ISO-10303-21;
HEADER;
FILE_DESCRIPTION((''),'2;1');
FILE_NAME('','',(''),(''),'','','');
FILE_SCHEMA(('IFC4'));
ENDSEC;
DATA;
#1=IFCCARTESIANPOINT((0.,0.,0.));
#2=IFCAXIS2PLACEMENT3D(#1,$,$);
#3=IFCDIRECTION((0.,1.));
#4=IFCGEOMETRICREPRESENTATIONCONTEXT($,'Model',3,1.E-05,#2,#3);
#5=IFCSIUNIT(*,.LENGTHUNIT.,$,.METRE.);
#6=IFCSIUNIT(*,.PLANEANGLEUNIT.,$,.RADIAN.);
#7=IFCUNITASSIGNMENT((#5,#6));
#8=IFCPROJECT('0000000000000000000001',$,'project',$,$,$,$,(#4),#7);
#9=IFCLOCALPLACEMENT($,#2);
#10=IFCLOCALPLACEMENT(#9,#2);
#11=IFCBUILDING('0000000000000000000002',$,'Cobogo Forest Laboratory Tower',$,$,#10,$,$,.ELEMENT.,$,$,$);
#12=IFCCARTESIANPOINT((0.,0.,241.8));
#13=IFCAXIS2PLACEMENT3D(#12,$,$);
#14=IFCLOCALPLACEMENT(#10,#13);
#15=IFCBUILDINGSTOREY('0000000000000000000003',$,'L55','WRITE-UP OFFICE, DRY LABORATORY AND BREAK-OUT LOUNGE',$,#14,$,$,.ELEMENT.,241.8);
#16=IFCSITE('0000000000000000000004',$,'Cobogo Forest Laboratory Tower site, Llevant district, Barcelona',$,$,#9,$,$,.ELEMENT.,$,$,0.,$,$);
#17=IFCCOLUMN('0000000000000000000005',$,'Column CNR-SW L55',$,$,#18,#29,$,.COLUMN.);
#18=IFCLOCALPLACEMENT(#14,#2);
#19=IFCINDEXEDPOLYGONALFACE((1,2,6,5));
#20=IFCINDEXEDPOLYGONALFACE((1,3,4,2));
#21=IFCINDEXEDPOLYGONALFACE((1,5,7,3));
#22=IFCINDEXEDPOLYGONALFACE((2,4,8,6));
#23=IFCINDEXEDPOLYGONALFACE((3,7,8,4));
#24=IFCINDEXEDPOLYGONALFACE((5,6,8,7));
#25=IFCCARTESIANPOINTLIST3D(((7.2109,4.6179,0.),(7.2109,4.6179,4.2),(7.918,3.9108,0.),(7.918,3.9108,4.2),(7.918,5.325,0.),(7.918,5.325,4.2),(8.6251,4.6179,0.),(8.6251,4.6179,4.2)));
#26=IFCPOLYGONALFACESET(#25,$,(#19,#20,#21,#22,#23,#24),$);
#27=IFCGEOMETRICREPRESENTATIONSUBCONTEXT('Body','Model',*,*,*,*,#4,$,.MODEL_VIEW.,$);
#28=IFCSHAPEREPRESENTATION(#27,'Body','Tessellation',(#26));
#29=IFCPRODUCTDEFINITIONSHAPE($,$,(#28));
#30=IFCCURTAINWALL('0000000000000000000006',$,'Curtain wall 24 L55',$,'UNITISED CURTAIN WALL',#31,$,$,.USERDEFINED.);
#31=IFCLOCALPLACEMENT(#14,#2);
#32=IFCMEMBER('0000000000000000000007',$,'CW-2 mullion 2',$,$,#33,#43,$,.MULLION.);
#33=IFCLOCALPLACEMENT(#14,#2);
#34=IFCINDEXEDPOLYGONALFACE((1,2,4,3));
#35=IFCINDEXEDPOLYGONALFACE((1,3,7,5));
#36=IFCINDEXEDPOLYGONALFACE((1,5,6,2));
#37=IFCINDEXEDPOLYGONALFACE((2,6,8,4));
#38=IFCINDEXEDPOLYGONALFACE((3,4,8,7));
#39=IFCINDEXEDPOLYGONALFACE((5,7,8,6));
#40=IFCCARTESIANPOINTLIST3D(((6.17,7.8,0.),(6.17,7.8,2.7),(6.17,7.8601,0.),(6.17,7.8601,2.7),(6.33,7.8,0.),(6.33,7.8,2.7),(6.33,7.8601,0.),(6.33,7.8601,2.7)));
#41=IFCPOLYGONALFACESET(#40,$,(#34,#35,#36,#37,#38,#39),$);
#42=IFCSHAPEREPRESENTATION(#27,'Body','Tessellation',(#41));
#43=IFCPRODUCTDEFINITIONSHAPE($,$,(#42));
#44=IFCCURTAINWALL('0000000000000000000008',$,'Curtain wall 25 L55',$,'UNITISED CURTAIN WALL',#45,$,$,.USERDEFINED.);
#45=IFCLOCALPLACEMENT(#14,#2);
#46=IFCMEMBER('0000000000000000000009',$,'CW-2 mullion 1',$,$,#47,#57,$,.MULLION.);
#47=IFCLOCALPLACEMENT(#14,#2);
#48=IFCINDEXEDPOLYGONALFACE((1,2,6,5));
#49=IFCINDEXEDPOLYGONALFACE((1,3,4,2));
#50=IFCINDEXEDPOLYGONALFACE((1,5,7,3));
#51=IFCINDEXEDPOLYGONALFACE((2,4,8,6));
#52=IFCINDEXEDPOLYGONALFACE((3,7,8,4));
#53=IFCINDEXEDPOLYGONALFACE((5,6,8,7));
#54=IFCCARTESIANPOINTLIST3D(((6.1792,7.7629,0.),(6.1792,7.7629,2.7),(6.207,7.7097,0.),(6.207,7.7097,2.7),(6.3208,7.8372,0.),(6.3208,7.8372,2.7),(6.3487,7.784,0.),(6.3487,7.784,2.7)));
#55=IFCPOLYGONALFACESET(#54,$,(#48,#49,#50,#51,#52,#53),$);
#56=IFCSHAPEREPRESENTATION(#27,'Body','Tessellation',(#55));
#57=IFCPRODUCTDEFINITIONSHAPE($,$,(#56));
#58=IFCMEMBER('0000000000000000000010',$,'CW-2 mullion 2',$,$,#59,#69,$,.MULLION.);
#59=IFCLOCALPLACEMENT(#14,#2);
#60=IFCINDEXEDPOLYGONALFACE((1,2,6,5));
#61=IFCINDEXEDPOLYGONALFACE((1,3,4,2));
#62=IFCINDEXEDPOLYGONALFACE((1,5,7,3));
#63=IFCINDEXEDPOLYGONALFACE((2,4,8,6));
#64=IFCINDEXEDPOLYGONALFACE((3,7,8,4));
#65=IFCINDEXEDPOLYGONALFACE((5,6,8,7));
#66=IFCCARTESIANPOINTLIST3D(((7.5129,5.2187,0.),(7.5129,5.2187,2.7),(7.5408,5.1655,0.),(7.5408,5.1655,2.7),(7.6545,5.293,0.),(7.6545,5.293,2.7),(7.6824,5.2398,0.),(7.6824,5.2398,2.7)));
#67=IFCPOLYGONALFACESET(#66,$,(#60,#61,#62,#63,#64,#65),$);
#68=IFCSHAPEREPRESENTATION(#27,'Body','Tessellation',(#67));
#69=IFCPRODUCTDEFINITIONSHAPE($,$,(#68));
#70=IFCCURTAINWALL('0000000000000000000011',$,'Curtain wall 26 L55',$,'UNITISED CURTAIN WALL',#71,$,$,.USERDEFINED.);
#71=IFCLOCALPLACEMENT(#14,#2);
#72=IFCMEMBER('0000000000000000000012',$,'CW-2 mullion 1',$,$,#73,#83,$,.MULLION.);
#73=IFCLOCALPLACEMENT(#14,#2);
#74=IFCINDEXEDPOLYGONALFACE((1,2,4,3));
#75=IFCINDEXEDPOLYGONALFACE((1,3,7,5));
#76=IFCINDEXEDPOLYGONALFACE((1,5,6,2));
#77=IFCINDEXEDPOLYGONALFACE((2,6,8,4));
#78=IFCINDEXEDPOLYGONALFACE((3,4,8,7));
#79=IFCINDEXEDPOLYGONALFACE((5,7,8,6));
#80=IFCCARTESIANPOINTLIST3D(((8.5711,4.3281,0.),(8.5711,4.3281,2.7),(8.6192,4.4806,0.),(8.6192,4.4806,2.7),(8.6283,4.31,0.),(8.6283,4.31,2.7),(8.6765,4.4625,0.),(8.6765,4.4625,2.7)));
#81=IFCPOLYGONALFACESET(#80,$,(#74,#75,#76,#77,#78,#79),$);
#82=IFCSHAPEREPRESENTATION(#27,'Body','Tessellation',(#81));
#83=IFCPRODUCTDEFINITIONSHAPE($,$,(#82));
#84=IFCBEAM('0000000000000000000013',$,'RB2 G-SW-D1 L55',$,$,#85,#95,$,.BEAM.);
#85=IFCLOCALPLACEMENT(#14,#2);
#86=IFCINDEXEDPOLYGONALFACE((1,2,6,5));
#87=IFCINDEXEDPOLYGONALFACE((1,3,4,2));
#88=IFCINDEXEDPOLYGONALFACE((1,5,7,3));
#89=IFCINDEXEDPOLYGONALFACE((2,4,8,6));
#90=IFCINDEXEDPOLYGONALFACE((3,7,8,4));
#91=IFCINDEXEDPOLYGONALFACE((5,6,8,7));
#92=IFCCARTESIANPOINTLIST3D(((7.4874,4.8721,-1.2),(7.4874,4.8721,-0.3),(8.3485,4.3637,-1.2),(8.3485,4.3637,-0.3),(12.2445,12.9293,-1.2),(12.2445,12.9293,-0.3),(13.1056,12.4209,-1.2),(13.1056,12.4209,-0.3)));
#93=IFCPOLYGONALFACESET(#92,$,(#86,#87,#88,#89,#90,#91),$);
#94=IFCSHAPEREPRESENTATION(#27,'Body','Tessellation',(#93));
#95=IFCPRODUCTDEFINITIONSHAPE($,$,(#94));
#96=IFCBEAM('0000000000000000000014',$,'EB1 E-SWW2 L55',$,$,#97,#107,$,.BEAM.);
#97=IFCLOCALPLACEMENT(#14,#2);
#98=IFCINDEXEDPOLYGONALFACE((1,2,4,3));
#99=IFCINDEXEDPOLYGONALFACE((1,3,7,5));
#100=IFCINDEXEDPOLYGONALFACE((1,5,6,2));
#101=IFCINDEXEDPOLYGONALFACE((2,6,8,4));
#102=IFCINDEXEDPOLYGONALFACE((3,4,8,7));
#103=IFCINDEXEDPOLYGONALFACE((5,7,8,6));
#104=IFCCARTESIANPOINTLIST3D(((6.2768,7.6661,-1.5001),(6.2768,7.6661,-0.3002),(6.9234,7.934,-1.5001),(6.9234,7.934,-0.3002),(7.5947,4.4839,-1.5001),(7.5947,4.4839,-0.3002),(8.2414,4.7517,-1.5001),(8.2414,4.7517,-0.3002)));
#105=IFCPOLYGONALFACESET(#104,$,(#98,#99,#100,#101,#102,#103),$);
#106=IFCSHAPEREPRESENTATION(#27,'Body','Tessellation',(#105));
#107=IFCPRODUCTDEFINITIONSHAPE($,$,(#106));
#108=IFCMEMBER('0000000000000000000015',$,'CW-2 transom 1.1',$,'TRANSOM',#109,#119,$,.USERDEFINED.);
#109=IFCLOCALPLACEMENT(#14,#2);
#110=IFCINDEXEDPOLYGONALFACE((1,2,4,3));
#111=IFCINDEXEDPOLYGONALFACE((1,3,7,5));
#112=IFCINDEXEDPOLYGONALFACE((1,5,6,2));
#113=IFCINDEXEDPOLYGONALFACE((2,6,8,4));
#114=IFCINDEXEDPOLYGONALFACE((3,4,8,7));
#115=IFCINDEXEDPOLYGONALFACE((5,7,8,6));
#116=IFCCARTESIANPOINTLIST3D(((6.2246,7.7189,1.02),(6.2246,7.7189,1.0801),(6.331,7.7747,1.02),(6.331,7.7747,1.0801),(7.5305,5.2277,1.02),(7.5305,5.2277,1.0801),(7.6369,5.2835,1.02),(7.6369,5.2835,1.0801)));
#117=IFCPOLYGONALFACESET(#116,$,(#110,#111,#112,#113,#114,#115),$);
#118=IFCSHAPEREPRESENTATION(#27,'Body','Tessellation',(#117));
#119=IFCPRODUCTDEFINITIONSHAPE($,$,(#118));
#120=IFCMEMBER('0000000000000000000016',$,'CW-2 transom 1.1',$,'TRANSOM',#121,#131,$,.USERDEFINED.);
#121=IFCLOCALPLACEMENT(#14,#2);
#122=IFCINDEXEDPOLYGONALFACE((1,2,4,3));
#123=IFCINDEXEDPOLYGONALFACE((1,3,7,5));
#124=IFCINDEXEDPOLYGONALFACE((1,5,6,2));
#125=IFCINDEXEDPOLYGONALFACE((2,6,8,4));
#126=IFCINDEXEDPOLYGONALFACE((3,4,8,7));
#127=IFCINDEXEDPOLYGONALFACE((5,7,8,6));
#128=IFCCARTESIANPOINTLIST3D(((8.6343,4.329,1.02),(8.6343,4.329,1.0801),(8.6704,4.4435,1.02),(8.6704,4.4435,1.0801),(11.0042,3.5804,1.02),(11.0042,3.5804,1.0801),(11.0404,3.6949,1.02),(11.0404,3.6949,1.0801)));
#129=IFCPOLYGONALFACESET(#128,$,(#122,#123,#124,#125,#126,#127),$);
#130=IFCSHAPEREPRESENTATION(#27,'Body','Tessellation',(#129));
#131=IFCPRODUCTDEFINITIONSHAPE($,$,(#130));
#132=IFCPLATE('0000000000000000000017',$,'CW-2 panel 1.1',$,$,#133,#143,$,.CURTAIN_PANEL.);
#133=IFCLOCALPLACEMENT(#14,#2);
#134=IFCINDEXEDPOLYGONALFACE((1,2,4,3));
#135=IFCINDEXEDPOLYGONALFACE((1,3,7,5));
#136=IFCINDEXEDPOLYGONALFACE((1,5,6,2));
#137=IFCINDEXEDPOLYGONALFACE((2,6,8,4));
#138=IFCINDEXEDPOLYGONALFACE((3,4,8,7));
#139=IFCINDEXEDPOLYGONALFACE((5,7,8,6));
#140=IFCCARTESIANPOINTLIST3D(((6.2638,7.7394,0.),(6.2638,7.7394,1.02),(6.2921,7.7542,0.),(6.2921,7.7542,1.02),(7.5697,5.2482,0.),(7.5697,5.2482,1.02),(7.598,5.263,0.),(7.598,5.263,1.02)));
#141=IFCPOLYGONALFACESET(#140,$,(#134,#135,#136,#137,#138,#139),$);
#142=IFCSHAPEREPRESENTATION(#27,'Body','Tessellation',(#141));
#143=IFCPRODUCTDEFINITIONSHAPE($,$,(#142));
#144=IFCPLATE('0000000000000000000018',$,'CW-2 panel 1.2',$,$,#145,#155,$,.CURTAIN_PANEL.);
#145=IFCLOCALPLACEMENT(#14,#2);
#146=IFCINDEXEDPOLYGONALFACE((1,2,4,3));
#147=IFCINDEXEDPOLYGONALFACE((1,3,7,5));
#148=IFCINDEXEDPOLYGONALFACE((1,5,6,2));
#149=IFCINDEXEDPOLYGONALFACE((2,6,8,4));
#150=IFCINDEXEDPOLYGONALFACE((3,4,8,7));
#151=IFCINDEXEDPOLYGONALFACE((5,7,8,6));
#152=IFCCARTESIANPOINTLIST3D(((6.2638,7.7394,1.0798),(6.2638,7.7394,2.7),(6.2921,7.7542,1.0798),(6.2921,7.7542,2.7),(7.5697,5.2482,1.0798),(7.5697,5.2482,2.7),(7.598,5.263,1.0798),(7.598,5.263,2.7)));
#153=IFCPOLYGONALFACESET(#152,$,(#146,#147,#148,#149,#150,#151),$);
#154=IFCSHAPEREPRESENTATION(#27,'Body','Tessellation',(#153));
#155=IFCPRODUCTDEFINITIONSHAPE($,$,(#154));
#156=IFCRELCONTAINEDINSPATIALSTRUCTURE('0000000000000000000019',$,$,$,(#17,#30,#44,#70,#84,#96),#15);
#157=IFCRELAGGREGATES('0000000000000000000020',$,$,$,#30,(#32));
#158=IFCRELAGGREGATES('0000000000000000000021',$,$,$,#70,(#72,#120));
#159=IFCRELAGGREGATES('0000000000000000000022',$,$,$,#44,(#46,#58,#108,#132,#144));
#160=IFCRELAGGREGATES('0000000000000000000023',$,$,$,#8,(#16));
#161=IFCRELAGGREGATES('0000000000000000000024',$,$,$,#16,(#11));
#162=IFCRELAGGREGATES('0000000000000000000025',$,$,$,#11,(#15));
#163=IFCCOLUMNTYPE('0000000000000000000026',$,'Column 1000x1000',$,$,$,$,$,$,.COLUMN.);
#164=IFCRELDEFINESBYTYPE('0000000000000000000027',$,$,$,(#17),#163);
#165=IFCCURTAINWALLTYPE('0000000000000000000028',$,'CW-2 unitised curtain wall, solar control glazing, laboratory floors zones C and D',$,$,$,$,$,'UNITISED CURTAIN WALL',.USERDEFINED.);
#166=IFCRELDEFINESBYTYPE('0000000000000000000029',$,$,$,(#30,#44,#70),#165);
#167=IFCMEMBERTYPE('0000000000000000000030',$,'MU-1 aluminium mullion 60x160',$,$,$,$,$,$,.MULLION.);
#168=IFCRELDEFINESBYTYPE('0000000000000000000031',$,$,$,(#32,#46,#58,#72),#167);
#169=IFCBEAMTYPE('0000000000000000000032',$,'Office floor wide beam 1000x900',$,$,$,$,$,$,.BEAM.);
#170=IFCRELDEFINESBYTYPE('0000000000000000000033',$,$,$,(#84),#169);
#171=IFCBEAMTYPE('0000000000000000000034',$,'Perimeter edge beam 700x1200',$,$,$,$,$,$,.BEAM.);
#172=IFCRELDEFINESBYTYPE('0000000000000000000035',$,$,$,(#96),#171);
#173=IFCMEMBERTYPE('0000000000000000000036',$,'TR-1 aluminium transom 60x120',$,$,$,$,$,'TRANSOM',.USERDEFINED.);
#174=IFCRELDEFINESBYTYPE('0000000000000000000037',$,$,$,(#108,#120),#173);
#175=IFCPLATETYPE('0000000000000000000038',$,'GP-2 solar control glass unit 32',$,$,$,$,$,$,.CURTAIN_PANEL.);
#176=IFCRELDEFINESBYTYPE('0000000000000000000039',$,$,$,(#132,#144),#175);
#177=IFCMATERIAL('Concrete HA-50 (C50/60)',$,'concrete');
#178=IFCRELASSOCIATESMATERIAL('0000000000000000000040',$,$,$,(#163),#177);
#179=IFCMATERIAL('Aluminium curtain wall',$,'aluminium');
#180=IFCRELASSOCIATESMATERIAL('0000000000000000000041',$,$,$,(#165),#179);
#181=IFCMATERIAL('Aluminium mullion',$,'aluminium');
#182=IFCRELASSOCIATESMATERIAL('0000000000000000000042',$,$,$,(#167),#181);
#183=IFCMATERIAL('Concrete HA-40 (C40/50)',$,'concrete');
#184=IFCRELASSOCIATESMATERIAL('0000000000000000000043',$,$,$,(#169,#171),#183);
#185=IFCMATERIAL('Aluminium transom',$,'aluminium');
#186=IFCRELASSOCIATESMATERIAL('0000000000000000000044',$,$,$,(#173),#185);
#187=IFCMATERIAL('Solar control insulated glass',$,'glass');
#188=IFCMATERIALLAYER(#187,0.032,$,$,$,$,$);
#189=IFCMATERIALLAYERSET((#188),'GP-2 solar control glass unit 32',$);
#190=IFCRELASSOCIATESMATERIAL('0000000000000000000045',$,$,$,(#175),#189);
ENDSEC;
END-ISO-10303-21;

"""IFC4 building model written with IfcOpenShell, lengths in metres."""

from ifc_helpers import new_model, si_unit, direction, frame, origin, origin_2d, place, context, subcontext, project, spatial, rectangle, extrude, material, layer, layer_set, material_profile, profile_set, type_object, element, aggregate, save


model = new_model("IFC4")

# Units and contexts
model_context = context("Model", 3, precision=1e-05, world=origin(), true_north=direction((0.0, 1.0)))
body_context = subcontext(model_context, "Body", "Model", "MODEL_VIEW")
ifc_project = project(units=[si_unit("LENGTHUNIT", "METRE"), si_unit("PLANEANGLEUNIT", "RADIAN")], contexts=[model_context])

# Site, building, storey
site_placement = place(None, origin())
site = spatial("IfcSite", under=ifc_project, at=site_placement, Name="Cobogo Forest Laboratory Tower site, Llevant district, Barcelona", CompositionType="ELEMENT", RefElevation=0.0)
building_placement = place(site_placement, origin())
building = spatial("IfcBuilding", under=site, at=building_placement, Name="Cobogo Forest Laboratory Tower", CompositionType="ELEMENT")
storey_placement = place(building_placement, frame((0.0, 0.0, 241.8)))
storey = spatial("IfcBuildingStorey", under=building, at=storey_placement, Name="L55", Description="WRITE-UP OFFICE, DRY LABORATORY AND BREAK-OUT LOUNGE", CompositionType="ELEMENT", Elevation=241.8)

# Column
ifc_material_1 = material(Name="Concrete HA-50 (C50/60)", Category="concrete")
ifc_material_profile_1 = material_profile(ifc_material_1, rectangle(XDim=1.0, YDim=1.0, at=origin_2d()), Name="RC 1000x1000")
ifc_profile_set_1 = profile_set([ifc_material_profile_1], Name="Concrete HA-50 (C50/60)")
column_type = type_object("IfcColumnType", Name="Column 1000x1000", PredefinedType="COLUMN", material=ifc_profile_set_1)
column_placement = place(storey_placement, frame((7.918, 4.6179, 0.0), z_axis=(0.0, 0.0, 1.0), x_axis=(0.707107, 0.707107, 0.0)))
element("IfcColumn", 1, at=column_placement, inside=storey, type_object=column_type, Name="Column CNR-SW L55", PredefinedType="COLUMN", context=body_context, shape_type="SweptSolid", body=[
    extrude(rectangle(XDim=1.0, YDim=1.0, at=origin_2d()), origin(), (0.0, 0.0, 1.0), 4.2),
])

# Curtain wall, member
ifc_material_2 = material(Name="Aluminium curtain wall", Category="aluminium")
curtain_wall_type = type_object("IfcCurtainWallType", Name="CW-2 unitised curtain wall, solar control glazing, laboratory floors zones C and D", ElementType="UNITISED CURTAIN WALL", PredefinedType="USERDEFINED", material=ifc_material_2)
curtain_wall_1_placement = place(storey_placement, origin())
curtain_wall_1 = element("IfcCurtainWall", 2, at=curtain_wall_1_placement, inside=storey, type_object=curtain_wall_type, Name="Curtain wall 24 L55", ObjectType="UNITISED CURTAIN WALL", PredefinedType="USERDEFINED")
ifc_material_3 = material(Name="Aluminium mullion", Category="aluminium")
ifc_material_profile_2 = material_profile(ifc_material_3, rectangle(XDim=0.0601, YDim=0.1599, at=origin_2d()), Name="AL 60x160")
ifc_profile_set_2 = profile_set([ifc_material_profile_2], Name="Aluminium mullion")
member_type_1 = type_object("IfcMemberType", Name="MU-1 aluminium mullion 60x160", PredefinedType="MULLION", material=ifc_profile_set_2)
member_1_placement = place(storey_placement, frame((6.25, 7.8301, 0.0), z_axis=(0.0, 0.0, 1.0), x_axis=(0.0, -1.0, 0.0)))
member_1 = element("IfcMember", 3, at=member_1_placement, type_object=member_type_1, Name="CW-2 mullion 2", PredefinedType="MULLION", context=body_context, shape_type="SweptSolid", body=[
    extrude(rectangle(XDim=0.0601, YDim=0.1599, at=origin_2d()), origin(), (0.0, 0.0, 1.0), 2.7),
])
aggregate(curtain_wall_1, [member_1])

# Curtain wall, members
curtain_wall_2_placement = place(storey_placement, origin())
curtain_wall_2 = element("IfcCurtainWall", 4, at=curtain_wall_2_placement, inside=storey, type_object=curtain_wall_type, Name="Curtain wall 25 L55", ObjectType="UNITISED CURTAIN WALL", PredefinedType="USERDEFINED")
member_2_placement = place(storey_placement, frame((6.2639, 7.7734, 0.0), z_axis=(0.0, 0.0, 1.0), x_axis=(0.464284, -0.885686, 0.0)))
member_2 = element("IfcMember", 5, at=member_2_placement, type_object=member_type_1, Name="CW-2 mullion 1", PredefinedType="MULLION", context=body_context, shape_type="SweptSolid", body=[
    extrude(rectangle(XDim=0.0601, YDim=0.1599, at=origin_2d()), origin(), (0.0, 0.0, 1.0), 2.7),
])
member_3_placement = place(storey_placement, frame((7.5977, 5.2292, 0.0), z_axis=(0.0, 0.0, 1.0), x_axis=(0.464284, -0.885686, 0.0)))
member_3 = element("IfcMember", 6, at=member_3_placement, type_object=member_type_1, Name="CW-2 mullion 2", PredefinedType="MULLION", context=body_context, shape_type="SweptSolid", body=[
    extrude(rectangle(XDim=0.0601, YDim=0.1599, at=origin_2d()), origin(), (0.0, 0.0, 1.0), 2.7),
])

# Curtain wall, member
curtain_wall_3_placement = place(storey_placement, origin())
curtain_wall_3 = element("IfcCurtainWall", 7, at=curtain_wall_3_placement, inside=storey, type_object=curtain_wall_type, Name="Curtain wall 26 L55", ObjectType="UNITISED CURTAIN WALL", PredefinedType="USERDEFINED")
member_4_placement = place(storey_placement, frame((8.6238, 4.3953, 0.0), z_axis=(0.0, 0.0, 1.0), x_axis=(0.953581, -0.301135, 0.0)))
member_4 = element("IfcMember", 8, at=member_4_placement, type_object=member_type_1, Name="CW-2 mullion 1", PredefinedType="MULLION", context=body_context, shape_type="SweptSolid", body=[
    extrude(rectangle(XDim=0.0601, YDim=0.1599, at=origin_2d()), origin(), (0.0, 0.0, 1.0), 2.7),
])

# Beams
ifc_material_4 = material(Name="Concrete HA-40 (C40/50)", Category="concrete")
ifc_material_profile_3 = material_profile(ifc_material_4, rectangle(XDim=1.0, YDim=0.8999, at=origin_2d()), Name="RC 1000x900")
ifc_profile_set_3 = profile_set([ifc_material_profile_3], Name="Concrete HA-40 (C40/50)")
beam_type_1 = type_object("IfcBeamType", Name="Office floor wide beam 1000x900", PredefinedType="BEAM", material=ifc_profile_set_3)
beam_1_placement = place(storey_placement, frame((7.918, 4.6179, -0.75), z_axis=(0.508416, 0.861111, 0.0), x_axis=(-0.861111, 0.508416, 0.0)))
element("IfcBeam", 9, at=beam_1_placement, inside=storey, type_object=beam_type_1, Name="RB2 G-SW-D1 L55", PredefinedType="BEAM", context=body_context, shape_type="SweptSolid", body=[
    extrude(rectangle(XDim=1.0, YDim=0.8999, at=origin_2d()), origin(), (0.0, 0.0, 1.0), 9.3567),
])
ifc_material_profile_4 = material_profile(ifc_material_4, rectangle(XDim=0.7, YDim=1.2, at=origin_2d()), Name="RC 700x1200")
ifc_profile_set_4 = profile_set([ifc_material_profile_4], Name="Concrete HA-40 (C40/50)")
beam_type_2 = type_object("IfcBeamType", Name="Perimeter edge beam 700x1200", PredefinedType="BEAM", material=ifc_profile_set_4)
beam_2_placement = place(storey_placement, frame((6.6001, 7.8, -0.9001), z_axis=(0.382631, -0.923901, 0.0), x_axis=(0.923901, 0.382631, 0.0)))
element("IfcBeam", 10, at=beam_2_placement, inside=storey, type_object=beam_type_2, Name="EB1 E-SWW2 L55", PredefinedType="BEAM", context=body_context, shape_type="SweptSolid", body=[
    extrude(rectangle(XDim=0.7, YDim=1.2, at=origin_2d()), origin(), (0.0, 0.0, 1.0), 3.4443),
])

# Members
ifc_material_5 = material(Name="Aluminium transom", Category="aluminium")
ifc_material_profile_5 = material_profile(ifc_material_5, rectangle(XDim=0.1201, YDim=0.0601, at=origin_2d()), Name="AL 60x120")
ifc_profile_set_5 = profile_set([ifc_material_profile_5], Name="Aluminium transom")
member_type_2 = type_object("IfcMemberType", Name="TR-1 aluminium transom 60x120", ElementType="TRANSOM", PredefinedType="USERDEFINED", material=ifc_profile_set_5)
member_5_placement = place(storey_placement, frame((6.2778, 7.7468, 1.05), z_axis=(0.464283, -0.885687, 0.0), x_axis=(0.885687, 0.464283, 0.0)))
member_5 = element("IfcMember", 11, at=member_5_placement, type_object=member_type_2, Name="CW-2 transom 1.1", ObjectType="TRANSOM", PredefinedType="USERDEFINED", context=body_context, shape_type="SweptSolid", body=[
    extrude(rectangle(XDim=0.1201, YDim=0.0601, at=origin_2d()), origin(), (0.0, 0.0, 1.0), 2.8127),
])
member_6_placement = place(storey_placement, frame((8.6523, 4.3862, 1.05), z_axis=(0.953565, -0.301188, 0.0), x_axis=(0.301188, 0.953565, 0.0)))
member_6 = element("IfcMember", 12, at=member_6_placement, type_object=member_type_2, Name="CW-2 transom 1.1", ObjectType="TRANSOM", PredefinedType="USERDEFINED", context=body_context, shape_type="SweptSolid", body=[
    extrude(rectangle(XDim=0.1201, YDim=0.0601, at=origin_2d()), origin(), (0.0, 0.0, 1.0), 2.4854),
])
aggregate(curtain_wall_3, [member_4, member_6])

# Plates
ifc_material_6 = material(Name="Solar control insulated glass", Category="glass")
ifc_layer = layer(ifc_material_6, 0.032)
ifc_layer_set = layer_set([ifc_layer], Name="GP-2 solar control glass unit 32")
plate_type = type_object("IfcPlateType", Name="GP-2 solar control glass unit 32", PredefinedType="CURTAIN_PANEL", material=ifc_layer_set)
plate_1_placement = place(storey_placement, frame((6.9309, 6.5012, 0.0), z_axis=(0.0, 0.0, 1.0), x_axis=(0.464284, -0.885686, 0.0)))
plate_1 = element("IfcPlate", 13, at=plate_1_placement, type_object=plate_type, Name="CW-2 panel 1.1", PredefinedType="CURTAIN_PANEL", context=body_context, shape_type="SweptSolid", body=[
    extrude(rectangle(XDim=2.8127, YDim=0.032, at=origin_2d()), origin(), (0.0, 0.0, 1.0), 1.02),
])
plate_2_placement = place(storey_placement, frame((6.9309, 6.5012, 1.0798), z_axis=(0.0, 0.0, 1.0), x_axis=(0.464284, -0.885686, 0.0)))
plate_2 = element("IfcPlate", 14, at=plate_2_placement, type_object=plate_type, Name="CW-2 panel 1.2", PredefinedType="CURTAIN_PANEL", context=body_context, shape_type="SweptSolid", body=[
    extrude(rectangle(XDim=2.8127, YDim=0.032, at=origin_2d()), origin(), (0.0, 0.0, 1.0), 1.6201),
])
aggregate(curtain_wall_2, [member_2, member_3, member_5, plate_1, plate_2])

save(model, "model.ifc")
